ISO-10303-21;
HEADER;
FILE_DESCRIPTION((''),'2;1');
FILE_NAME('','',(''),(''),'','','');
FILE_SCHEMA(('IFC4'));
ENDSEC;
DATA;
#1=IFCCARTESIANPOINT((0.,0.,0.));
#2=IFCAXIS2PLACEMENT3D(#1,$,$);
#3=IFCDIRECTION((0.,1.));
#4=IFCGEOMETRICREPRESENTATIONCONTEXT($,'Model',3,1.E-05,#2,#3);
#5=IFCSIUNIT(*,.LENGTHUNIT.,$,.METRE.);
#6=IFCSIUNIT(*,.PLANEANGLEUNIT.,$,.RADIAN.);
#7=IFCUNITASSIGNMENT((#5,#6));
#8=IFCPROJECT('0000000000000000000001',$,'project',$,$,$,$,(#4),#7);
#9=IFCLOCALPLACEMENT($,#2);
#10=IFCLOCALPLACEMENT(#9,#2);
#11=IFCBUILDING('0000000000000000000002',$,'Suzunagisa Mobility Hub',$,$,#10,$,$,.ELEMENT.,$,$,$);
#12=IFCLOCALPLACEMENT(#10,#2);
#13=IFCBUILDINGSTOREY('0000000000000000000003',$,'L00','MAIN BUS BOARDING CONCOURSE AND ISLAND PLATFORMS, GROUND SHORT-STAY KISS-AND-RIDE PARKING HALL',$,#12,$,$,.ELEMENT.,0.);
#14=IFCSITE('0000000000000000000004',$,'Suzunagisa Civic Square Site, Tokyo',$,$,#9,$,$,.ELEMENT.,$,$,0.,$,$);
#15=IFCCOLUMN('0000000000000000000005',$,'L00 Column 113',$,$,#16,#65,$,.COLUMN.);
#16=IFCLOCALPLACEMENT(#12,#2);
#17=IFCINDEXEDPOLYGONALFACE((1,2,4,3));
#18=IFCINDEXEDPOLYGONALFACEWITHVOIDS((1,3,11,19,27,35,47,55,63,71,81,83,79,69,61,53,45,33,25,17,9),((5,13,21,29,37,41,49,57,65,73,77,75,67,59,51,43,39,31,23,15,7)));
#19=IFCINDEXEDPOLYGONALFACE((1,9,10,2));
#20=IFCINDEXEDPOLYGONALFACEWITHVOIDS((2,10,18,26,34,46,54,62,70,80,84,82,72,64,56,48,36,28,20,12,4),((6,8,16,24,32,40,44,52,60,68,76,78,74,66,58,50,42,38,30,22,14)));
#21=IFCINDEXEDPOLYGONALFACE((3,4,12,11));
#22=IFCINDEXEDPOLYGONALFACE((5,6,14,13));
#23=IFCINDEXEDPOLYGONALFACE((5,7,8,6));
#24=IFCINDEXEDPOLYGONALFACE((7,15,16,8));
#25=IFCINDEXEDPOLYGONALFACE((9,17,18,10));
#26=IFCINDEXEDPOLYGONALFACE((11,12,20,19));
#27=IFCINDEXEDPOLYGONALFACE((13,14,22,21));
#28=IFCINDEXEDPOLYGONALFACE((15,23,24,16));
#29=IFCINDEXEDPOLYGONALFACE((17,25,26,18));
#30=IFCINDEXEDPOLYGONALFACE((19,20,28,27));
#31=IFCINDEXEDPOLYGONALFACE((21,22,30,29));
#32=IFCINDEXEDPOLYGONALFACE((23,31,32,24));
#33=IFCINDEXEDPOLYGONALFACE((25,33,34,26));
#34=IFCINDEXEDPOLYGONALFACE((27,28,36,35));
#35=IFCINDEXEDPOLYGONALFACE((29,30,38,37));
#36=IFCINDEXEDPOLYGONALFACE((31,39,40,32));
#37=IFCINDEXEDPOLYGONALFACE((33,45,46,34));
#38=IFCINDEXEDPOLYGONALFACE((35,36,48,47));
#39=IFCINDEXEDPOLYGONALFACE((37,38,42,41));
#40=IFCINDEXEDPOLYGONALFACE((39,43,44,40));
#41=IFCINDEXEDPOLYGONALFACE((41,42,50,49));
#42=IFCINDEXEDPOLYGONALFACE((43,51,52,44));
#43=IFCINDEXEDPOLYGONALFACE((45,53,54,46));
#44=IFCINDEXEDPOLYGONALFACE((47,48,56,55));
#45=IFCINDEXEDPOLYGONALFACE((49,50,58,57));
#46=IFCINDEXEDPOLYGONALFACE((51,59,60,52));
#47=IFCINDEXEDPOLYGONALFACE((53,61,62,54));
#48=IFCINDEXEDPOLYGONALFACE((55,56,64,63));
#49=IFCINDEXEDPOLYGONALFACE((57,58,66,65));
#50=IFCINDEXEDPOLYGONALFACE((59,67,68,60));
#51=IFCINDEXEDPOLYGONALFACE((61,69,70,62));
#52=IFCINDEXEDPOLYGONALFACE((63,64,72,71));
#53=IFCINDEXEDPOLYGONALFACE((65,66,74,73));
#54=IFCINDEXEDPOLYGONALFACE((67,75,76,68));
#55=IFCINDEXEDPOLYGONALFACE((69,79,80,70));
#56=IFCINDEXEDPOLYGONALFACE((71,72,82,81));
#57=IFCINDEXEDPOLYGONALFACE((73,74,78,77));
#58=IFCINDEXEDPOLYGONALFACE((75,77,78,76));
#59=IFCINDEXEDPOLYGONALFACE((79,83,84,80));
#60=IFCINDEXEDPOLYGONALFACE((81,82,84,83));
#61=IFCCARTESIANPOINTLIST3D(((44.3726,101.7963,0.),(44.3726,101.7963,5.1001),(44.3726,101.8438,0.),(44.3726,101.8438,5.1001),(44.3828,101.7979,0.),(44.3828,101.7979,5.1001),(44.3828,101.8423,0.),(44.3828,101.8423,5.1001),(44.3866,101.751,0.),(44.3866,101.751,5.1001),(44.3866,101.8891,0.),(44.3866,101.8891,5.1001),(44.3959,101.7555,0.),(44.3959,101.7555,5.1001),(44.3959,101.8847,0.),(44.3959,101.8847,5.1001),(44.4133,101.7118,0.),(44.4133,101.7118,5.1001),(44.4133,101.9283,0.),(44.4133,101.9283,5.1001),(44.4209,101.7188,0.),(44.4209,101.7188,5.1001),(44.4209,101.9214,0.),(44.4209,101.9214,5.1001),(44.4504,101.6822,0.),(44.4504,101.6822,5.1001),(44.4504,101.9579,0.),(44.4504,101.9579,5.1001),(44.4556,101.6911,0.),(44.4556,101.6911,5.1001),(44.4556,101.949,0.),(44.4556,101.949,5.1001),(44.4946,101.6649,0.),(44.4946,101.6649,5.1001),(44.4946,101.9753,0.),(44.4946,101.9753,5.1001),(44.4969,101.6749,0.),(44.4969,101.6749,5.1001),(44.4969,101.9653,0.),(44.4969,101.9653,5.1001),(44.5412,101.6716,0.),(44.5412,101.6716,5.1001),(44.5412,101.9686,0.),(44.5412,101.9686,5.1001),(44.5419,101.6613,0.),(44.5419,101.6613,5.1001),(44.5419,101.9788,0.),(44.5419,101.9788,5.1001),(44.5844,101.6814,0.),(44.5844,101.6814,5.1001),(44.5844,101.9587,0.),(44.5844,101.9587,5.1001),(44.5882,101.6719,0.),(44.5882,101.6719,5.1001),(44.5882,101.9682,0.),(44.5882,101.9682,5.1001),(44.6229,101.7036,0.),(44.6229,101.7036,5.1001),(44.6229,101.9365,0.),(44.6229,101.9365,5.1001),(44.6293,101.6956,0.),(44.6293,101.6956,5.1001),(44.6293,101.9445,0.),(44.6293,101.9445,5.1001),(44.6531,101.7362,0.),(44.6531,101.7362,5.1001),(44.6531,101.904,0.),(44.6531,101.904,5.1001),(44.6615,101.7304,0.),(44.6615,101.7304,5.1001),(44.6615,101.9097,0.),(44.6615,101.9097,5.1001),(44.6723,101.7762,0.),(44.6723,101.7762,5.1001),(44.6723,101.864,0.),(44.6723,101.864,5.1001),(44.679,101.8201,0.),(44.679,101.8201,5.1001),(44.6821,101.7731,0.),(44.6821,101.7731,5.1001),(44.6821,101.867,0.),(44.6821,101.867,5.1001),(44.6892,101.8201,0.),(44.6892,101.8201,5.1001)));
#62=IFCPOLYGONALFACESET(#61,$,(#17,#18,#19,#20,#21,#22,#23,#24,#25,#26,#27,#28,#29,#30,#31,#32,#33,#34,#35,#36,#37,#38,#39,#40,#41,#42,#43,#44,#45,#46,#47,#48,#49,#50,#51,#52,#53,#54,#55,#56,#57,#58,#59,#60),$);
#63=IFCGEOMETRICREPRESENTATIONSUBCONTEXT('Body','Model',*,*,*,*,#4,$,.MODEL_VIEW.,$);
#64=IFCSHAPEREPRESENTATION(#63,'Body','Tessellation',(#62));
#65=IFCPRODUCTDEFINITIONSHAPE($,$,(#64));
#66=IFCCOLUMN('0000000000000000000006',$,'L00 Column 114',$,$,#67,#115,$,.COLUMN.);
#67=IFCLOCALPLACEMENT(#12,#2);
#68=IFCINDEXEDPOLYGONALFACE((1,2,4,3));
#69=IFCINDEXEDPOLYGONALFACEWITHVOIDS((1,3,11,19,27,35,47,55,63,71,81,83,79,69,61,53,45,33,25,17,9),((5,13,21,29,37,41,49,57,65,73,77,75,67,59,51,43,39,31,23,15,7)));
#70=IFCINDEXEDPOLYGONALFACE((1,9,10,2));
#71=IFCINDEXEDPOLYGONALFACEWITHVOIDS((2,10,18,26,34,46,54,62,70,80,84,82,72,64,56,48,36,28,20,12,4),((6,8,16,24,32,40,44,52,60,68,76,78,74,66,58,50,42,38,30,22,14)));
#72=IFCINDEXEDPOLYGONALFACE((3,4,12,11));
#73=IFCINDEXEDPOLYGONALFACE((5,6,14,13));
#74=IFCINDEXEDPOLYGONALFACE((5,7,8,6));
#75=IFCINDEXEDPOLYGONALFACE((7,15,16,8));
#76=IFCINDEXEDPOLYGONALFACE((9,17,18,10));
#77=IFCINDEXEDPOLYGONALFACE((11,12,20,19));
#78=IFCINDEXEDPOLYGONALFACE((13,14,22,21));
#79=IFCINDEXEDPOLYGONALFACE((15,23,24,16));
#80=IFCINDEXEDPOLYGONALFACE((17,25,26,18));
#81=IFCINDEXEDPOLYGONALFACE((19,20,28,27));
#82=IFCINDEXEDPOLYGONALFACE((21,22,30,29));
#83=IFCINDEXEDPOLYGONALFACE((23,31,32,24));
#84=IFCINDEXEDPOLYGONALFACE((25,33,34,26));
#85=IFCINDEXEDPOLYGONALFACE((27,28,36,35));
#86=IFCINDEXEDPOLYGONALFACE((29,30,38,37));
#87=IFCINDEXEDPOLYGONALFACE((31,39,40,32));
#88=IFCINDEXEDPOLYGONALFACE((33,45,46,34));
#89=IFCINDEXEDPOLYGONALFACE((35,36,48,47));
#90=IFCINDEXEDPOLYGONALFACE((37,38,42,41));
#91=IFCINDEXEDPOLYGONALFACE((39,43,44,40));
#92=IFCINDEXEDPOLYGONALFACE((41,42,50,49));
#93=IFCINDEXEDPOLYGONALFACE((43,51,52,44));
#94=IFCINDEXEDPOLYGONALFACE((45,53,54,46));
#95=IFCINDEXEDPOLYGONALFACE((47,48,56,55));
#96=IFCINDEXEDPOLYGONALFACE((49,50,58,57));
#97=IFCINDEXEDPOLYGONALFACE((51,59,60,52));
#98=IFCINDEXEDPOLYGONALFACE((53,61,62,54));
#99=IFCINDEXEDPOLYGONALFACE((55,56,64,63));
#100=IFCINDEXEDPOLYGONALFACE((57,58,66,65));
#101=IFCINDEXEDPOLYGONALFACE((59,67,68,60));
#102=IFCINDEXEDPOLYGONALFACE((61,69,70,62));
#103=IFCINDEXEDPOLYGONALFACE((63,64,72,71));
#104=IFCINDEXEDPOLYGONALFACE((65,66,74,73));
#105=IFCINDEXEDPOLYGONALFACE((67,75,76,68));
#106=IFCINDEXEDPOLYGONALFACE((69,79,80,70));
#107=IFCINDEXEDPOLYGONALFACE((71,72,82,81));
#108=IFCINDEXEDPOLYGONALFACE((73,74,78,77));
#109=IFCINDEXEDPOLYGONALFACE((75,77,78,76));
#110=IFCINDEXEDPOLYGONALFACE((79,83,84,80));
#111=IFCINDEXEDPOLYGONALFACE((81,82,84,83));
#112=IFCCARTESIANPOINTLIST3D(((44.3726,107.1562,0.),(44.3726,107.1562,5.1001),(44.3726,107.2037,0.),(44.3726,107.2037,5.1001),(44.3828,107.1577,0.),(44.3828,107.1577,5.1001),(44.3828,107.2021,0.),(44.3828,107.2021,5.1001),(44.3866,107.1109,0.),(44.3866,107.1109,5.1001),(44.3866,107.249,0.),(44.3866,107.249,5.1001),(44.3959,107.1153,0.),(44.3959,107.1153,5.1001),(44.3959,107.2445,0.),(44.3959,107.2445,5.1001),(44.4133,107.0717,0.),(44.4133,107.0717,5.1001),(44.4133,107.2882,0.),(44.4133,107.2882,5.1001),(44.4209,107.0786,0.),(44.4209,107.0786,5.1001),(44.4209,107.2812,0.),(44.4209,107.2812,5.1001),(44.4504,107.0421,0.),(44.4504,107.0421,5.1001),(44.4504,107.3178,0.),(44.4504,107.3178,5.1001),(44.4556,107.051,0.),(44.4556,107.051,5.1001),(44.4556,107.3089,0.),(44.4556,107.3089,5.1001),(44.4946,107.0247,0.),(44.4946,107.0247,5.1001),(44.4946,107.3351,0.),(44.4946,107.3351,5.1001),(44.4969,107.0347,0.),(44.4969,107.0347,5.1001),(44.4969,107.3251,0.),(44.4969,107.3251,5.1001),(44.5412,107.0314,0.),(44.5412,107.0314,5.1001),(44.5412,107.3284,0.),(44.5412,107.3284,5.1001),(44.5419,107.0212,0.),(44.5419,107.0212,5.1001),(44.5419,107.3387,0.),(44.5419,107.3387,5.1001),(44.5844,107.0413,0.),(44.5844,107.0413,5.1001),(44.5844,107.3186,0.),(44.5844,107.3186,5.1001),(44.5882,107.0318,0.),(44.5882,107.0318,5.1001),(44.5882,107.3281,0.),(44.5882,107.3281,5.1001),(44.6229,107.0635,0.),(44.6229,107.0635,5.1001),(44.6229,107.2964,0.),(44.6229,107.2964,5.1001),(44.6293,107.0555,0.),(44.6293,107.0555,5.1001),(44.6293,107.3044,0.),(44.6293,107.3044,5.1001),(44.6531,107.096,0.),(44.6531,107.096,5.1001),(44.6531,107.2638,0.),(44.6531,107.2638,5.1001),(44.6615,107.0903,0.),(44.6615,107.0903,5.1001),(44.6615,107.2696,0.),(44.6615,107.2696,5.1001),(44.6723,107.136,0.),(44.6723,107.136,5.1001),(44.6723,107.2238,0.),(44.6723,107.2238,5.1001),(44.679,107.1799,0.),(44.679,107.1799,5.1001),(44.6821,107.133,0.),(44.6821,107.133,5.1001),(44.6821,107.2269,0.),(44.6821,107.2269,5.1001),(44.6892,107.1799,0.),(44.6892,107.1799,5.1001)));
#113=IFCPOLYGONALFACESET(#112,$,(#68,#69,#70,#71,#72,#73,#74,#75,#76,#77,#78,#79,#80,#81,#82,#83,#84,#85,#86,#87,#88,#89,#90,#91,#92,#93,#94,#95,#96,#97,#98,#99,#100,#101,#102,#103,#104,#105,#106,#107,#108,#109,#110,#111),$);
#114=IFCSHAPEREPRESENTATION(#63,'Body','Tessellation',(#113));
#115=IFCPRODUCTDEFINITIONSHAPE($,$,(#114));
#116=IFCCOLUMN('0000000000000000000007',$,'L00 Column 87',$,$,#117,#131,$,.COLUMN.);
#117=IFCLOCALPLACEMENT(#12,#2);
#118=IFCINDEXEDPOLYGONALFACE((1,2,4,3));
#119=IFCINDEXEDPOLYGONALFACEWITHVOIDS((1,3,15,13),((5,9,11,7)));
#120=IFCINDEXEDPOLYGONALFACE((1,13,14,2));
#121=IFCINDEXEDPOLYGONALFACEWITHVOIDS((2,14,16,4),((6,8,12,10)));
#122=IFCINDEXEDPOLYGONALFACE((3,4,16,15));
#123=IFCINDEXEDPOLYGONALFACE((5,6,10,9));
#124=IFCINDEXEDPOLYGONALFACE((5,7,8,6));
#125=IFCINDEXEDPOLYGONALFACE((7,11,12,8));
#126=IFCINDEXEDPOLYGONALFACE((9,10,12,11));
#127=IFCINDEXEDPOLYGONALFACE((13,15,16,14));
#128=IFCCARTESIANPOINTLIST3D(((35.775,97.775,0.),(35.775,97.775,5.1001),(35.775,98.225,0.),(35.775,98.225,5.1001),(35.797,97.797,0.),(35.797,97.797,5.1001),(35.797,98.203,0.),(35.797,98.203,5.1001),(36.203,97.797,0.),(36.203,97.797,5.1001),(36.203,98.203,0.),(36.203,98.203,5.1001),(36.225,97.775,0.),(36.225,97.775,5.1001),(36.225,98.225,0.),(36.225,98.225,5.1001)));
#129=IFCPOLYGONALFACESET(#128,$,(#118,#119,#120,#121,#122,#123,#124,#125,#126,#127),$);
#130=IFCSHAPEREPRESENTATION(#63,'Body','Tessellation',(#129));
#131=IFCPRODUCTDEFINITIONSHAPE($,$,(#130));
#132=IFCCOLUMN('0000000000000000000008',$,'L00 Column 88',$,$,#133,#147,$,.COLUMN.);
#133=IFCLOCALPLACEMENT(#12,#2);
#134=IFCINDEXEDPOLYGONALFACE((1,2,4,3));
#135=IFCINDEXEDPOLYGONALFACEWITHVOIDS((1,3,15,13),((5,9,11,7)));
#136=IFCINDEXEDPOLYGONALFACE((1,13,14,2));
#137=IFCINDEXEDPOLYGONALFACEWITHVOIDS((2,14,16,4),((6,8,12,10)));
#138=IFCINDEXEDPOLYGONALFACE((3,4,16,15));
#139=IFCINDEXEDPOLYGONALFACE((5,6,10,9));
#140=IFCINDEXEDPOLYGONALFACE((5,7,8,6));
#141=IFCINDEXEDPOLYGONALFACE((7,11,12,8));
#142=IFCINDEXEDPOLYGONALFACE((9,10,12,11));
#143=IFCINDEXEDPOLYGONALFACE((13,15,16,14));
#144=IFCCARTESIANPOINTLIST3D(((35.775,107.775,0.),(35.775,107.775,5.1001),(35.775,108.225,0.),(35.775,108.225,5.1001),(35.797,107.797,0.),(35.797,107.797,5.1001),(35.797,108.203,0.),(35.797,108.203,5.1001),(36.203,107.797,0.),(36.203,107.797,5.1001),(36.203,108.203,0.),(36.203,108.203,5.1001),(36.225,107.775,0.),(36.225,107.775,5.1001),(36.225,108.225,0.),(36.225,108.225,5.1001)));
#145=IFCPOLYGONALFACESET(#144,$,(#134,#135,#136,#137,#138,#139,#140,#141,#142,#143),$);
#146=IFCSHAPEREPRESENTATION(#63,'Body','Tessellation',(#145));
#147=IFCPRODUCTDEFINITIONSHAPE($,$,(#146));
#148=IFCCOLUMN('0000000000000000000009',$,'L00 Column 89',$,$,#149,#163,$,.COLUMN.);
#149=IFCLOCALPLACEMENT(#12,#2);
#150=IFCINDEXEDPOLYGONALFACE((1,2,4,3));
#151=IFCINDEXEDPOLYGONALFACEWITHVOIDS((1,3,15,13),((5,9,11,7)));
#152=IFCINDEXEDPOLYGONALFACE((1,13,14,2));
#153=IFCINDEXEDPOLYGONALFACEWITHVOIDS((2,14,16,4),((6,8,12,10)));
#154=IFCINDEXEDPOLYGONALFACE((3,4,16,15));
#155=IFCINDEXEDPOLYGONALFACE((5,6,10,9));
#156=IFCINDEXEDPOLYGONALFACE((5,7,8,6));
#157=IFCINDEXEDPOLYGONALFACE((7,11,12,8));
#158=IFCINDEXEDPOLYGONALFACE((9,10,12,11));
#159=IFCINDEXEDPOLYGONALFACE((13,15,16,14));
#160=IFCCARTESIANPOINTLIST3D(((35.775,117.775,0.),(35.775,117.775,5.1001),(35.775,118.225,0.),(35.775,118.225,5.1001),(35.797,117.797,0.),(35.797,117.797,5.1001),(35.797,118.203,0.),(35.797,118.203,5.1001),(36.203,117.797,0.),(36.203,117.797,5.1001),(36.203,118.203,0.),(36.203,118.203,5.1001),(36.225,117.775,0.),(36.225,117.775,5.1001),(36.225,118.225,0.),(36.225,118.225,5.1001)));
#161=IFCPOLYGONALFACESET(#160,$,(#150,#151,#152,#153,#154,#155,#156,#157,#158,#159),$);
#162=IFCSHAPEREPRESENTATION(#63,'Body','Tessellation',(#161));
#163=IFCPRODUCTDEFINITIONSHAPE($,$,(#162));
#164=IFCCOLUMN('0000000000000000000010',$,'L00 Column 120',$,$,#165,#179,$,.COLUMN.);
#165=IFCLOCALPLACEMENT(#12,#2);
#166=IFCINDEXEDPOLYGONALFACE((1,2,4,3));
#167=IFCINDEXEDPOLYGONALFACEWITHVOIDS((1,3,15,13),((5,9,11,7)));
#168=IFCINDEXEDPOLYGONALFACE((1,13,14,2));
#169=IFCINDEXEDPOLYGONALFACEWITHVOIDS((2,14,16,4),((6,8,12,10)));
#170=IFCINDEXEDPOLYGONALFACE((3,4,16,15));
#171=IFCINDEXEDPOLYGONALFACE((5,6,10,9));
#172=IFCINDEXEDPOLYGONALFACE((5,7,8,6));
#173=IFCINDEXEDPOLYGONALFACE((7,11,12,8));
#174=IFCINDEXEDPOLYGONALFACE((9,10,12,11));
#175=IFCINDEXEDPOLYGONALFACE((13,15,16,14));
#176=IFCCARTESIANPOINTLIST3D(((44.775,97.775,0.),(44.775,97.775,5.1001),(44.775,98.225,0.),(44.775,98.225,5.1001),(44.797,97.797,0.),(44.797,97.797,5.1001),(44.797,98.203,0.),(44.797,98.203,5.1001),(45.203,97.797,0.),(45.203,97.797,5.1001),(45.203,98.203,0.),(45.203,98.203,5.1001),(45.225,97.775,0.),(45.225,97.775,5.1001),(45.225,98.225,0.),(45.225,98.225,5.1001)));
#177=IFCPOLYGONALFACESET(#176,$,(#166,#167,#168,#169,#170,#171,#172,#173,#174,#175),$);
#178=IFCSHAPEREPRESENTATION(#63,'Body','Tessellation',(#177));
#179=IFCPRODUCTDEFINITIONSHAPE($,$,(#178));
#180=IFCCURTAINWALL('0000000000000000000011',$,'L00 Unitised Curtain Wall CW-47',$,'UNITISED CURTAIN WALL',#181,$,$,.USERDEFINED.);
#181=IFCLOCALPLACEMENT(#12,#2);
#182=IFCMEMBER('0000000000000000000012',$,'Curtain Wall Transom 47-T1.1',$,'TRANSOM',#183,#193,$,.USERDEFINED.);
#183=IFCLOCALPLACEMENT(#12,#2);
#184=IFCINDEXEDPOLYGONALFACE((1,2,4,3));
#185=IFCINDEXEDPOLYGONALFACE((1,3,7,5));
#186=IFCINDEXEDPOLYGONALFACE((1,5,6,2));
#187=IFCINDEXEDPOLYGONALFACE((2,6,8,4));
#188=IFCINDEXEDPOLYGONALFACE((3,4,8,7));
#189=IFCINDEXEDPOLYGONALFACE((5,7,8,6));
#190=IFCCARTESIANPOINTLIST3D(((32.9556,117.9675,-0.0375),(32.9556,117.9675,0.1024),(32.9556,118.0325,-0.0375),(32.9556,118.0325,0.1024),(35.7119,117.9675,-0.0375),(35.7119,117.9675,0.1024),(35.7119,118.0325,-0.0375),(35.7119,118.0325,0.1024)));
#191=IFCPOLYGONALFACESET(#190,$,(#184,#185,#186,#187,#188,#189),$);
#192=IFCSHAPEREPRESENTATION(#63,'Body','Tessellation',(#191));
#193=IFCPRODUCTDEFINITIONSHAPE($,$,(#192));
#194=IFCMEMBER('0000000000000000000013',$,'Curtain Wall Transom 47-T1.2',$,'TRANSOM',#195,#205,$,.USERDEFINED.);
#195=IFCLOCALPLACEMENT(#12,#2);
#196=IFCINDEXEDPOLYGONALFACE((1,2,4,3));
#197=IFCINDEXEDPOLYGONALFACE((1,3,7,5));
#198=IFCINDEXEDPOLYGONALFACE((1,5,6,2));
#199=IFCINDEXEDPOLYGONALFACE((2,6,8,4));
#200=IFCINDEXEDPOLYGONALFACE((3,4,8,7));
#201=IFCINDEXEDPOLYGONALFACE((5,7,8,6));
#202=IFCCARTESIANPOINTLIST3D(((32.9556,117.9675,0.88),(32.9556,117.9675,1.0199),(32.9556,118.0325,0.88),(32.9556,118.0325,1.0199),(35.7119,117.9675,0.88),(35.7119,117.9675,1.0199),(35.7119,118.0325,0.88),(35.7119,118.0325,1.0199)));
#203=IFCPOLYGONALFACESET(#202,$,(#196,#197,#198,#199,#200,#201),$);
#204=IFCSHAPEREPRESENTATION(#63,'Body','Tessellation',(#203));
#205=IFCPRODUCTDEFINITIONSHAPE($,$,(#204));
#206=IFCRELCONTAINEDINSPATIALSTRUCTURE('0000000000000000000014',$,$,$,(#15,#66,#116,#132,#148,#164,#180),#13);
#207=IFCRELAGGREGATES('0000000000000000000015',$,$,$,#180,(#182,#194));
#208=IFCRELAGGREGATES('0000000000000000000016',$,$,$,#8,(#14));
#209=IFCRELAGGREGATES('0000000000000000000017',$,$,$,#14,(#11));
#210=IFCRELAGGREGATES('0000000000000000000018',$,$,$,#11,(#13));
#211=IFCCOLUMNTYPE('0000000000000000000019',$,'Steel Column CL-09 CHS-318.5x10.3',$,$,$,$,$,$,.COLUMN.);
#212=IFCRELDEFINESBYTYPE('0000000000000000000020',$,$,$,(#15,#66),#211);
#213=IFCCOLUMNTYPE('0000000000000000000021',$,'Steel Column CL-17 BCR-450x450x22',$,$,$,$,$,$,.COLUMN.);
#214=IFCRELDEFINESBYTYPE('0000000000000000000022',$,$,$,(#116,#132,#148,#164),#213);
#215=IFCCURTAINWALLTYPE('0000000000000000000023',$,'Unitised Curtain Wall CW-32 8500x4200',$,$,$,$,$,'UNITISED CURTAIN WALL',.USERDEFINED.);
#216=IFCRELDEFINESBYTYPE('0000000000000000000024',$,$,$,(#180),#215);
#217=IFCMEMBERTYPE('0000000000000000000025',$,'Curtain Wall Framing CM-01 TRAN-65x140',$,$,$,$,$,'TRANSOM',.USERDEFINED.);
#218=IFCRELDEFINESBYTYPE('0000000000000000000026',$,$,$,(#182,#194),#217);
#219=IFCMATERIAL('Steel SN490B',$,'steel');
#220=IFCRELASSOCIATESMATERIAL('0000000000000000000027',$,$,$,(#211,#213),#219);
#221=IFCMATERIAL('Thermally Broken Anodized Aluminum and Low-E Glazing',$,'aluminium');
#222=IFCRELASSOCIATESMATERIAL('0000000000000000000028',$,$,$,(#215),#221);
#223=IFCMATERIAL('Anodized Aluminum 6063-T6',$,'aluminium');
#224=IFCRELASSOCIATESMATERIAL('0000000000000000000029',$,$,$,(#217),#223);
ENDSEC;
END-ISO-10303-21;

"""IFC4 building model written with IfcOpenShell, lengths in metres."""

from ifc_helpers import new_model, si_unit, direction, frame, origin, origin_2d, place, context, subcontext, project, spatial, rectangle, hollow_rectangle, hollow_circle, extrude, material, material_profile, profile_set, type_object, element, aggregate, save


model = new_model("IFC4")

# Units and contexts
model_context = context("Model", 3, precision=1e-05, world=origin(), true_north=direction((0.0, 1.0)))
body_context = subcontext(model_context, "Body", "Model", "MODEL_VIEW")
ifc_project = project(units=[si_unit("LENGTHUNIT", "METRE"), si_unit("PLANEANGLEUNIT", "RADIAN")], contexts=[model_context])

# Site, building, storey
site_placement = place(None, origin())
site = spatial("IfcSite", under=ifc_project, at=site_placement, Name="Suzunagisa Civic Square Site, Tokyo", CompositionType="ELEMENT", RefElevation=0.0)
building_placement = place(site_placement, origin())
building = spatial("IfcBuilding", under=site, at=building_placement, Name="Suzunagisa Mobility Hub", CompositionType="ELEMENT")
storey_placement = place(building_placement, origin())
storey = spatial("IfcBuildingStorey", under=building, at=storey_placement, Name="L00", Description="MAIN BUS BOARDING CONCOURSE AND ISLAND PLATFORMS, GROUND SHORT-STAY KISS-AND-RIDE PARKING HALL", CompositionType="ELEMENT", Elevation=0.0)

# Columns
ifc_material_1 = material(Name="Steel SN490B", Category="steel")
ifc_material_profile_1 = material_profile(ifc_material_1, hollow_circle(Radius=0.1592, WallThickness=0.0103, at=origin_2d()), Name="CHS-318.5x10.3")
ifc_profile_set_1 = profile_set([ifc_material_profile_1], Name="Steel SN490B")
column_type_1 = type_object("IfcColumnType", Name="Steel Column CL-09 CHS-318.5x10.3", PredefinedType="COLUMN", material=ifc_profile_set_1)
for number, where, z_axis, x_axis, name in (
    (1, (44.53, 101.8201, 0.0), (0.0, 0.0, 1.0), (1.0, 0.0, 0.0), "L00 Column 113"),
    (2, (44.53, 107.1799, 0.0), (0.0, 0.0, 1.0), (1.0, 0.0, 0.0), "L00 Column 114"),
):
    element("IfcColumn", number, at=place(storey_placement, frame(where, z_axis=z_axis, x_axis=x_axis)), inside=storey, type_object=column_type_1, Name=name, PredefinedType="COLUMN", context=body_context, shape_type="SweptSolid", body=[
        extrude(hollow_circle(Radius=0.1592, WallThickness=0.0103, at=origin_2d()), origin(), (0.0, 0.0, 1.0), 5.1001),
    ])
ifc_material_profile_2 = material_profile(ifc_material_1, hollow_rectangle(XDim=0.45, YDim=0.45, WallThickness=0.022, at=origin_2d()), Name="BCR-450x450x22")
ifc_profile_set_2 = profile_set([ifc_material_profile_2], Name="Steel SN490B")
column_type_2 = type_object("IfcColumnType", Name="Steel Column CL-17 BCR-450x450x22", PredefinedType="COLUMN", material=ifc_profile_set_2)
for number, where, z_axis, x_axis, name in (
    (3, (36.0, 98.0, 0.0), (0.0, 0.0, 1.0), (1.0, 0.0, 0.0), "L00 Column 87"),
    (4, (36.0, 108.0, 0.0), (0.0, 0.0, 1.0), (1.0, 0.0, 0.0), "L00 Column 88"),
    (5, (36.0, 118.0, 0.0), (0.0, 0.0, 1.0), (1.0, 0.0, 0.0), "L00 Column 89"),
    (6, (45.0, 98.0, 0.0), (0.0, 0.0, 1.0), (1.0, 0.0, 0.0), "L00 Column 120"),
):
    element("IfcColumn", number, at=place(storey_placement, frame(where, z_axis=z_axis, x_axis=x_axis)), inside=storey, type_object=column_type_2, Name=name, PredefinedType="COLUMN", context=body_context, shape_type="SweptSolid", body=[
        extrude(hollow_rectangle(XDim=0.45, YDim=0.45, WallThickness=0.022, at=origin_2d()), origin(), (0.0, 0.0, 1.0), 5.1001),
    ])

# Curtain wall, members
ifc_material_2 = material(Name="Thermally Broken Anodized Aluminum and Low-E Glazing", Category="aluminium")
curtain_wall_type = type_object("IfcCurtainWallType", Name="Unitised Curtain Wall CW-32 8500x4200", ElementType="UNITISED CURTAIN WALL", PredefinedType="USERDEFINED", material=ifc_material_2)
curtain_wall_placement = place(storey_placement, origin())
curtain_wall = element("IfcCurtainWall", 7, at=curtain_wall_placement, inside=storey, type_object=curtain_wall_type, Name="L00 Unitised Curtain Wall CW-47", ObjectType="UNITISED CURTAIN WALL", PredefinedType="USERDEFINED")
ifc_material_3 = material(Name="Anodized Aluminum 6063-T6", Category="aluminium")
ifc_material_profile_3 = material_profile(ifc_material_3, rectangle(XDim=0.0649, YDim=0.1399, at=origin_2d()), Name="TRAN-65x140")
ifc_profile_set_3 = profile_set([ifc_material_profile_3], Name="Anodized Aluminum 6063-T6")
member_type_1 = type_object("IfcMemberType", Name="Curtain Wall Framing CM-01 TRAN-65x140", ElementType="TRANSOM", PredefinedType="USERDEFINED", material=ifc_profile_set_3)
member_1_placement = place(storey_placement, frame((35.7119, 118.0, 0.0325), z_axis=(-1.0, 0.0, 0.0), x_axis=(0.0, -1.0, 0.0)))
member_1 = element("IfcMember", 8, at=member_1_placement, type_object=member_type_1, Name="Curtain Wall Transom 47-T1.1", ObjectType="TRANSOM", PredefinedType="USERDEFINED", context=body_context, shape_type="SweptSolid", body=[
    extrude(rectangle(XDim=0.0649, YDim=0.1399, at=origin_2d()), origin(), (0.0, 0.0, 1.0), 2.7563),
])
member_2_placement = place(storey_placement, frame((35.7119, 118.0, 0.95), z_axis=(-1.0, 0.0, 0.0), x_axis=(0.0, -1.0, 0.0)))
member_2 = element("IfcMember", 9, at=member_2_placement, type_object=member_type_1, Name="Curtain Wall Transom 47-T1.2", ObjectType="TRANSOM", PredefinedType="USERDEFINED", context=body_context, shape_type="SweptSolid", body=[
    extrude(rectangle(XDim=0.0649, YDim=0.1399, at=origin_2d()), origin(), (0.0, 0.0, 1.0), 2.7563),
])

aggregate(curtain_wall, [member_1, member_2])

save(model, "model.ifc")
